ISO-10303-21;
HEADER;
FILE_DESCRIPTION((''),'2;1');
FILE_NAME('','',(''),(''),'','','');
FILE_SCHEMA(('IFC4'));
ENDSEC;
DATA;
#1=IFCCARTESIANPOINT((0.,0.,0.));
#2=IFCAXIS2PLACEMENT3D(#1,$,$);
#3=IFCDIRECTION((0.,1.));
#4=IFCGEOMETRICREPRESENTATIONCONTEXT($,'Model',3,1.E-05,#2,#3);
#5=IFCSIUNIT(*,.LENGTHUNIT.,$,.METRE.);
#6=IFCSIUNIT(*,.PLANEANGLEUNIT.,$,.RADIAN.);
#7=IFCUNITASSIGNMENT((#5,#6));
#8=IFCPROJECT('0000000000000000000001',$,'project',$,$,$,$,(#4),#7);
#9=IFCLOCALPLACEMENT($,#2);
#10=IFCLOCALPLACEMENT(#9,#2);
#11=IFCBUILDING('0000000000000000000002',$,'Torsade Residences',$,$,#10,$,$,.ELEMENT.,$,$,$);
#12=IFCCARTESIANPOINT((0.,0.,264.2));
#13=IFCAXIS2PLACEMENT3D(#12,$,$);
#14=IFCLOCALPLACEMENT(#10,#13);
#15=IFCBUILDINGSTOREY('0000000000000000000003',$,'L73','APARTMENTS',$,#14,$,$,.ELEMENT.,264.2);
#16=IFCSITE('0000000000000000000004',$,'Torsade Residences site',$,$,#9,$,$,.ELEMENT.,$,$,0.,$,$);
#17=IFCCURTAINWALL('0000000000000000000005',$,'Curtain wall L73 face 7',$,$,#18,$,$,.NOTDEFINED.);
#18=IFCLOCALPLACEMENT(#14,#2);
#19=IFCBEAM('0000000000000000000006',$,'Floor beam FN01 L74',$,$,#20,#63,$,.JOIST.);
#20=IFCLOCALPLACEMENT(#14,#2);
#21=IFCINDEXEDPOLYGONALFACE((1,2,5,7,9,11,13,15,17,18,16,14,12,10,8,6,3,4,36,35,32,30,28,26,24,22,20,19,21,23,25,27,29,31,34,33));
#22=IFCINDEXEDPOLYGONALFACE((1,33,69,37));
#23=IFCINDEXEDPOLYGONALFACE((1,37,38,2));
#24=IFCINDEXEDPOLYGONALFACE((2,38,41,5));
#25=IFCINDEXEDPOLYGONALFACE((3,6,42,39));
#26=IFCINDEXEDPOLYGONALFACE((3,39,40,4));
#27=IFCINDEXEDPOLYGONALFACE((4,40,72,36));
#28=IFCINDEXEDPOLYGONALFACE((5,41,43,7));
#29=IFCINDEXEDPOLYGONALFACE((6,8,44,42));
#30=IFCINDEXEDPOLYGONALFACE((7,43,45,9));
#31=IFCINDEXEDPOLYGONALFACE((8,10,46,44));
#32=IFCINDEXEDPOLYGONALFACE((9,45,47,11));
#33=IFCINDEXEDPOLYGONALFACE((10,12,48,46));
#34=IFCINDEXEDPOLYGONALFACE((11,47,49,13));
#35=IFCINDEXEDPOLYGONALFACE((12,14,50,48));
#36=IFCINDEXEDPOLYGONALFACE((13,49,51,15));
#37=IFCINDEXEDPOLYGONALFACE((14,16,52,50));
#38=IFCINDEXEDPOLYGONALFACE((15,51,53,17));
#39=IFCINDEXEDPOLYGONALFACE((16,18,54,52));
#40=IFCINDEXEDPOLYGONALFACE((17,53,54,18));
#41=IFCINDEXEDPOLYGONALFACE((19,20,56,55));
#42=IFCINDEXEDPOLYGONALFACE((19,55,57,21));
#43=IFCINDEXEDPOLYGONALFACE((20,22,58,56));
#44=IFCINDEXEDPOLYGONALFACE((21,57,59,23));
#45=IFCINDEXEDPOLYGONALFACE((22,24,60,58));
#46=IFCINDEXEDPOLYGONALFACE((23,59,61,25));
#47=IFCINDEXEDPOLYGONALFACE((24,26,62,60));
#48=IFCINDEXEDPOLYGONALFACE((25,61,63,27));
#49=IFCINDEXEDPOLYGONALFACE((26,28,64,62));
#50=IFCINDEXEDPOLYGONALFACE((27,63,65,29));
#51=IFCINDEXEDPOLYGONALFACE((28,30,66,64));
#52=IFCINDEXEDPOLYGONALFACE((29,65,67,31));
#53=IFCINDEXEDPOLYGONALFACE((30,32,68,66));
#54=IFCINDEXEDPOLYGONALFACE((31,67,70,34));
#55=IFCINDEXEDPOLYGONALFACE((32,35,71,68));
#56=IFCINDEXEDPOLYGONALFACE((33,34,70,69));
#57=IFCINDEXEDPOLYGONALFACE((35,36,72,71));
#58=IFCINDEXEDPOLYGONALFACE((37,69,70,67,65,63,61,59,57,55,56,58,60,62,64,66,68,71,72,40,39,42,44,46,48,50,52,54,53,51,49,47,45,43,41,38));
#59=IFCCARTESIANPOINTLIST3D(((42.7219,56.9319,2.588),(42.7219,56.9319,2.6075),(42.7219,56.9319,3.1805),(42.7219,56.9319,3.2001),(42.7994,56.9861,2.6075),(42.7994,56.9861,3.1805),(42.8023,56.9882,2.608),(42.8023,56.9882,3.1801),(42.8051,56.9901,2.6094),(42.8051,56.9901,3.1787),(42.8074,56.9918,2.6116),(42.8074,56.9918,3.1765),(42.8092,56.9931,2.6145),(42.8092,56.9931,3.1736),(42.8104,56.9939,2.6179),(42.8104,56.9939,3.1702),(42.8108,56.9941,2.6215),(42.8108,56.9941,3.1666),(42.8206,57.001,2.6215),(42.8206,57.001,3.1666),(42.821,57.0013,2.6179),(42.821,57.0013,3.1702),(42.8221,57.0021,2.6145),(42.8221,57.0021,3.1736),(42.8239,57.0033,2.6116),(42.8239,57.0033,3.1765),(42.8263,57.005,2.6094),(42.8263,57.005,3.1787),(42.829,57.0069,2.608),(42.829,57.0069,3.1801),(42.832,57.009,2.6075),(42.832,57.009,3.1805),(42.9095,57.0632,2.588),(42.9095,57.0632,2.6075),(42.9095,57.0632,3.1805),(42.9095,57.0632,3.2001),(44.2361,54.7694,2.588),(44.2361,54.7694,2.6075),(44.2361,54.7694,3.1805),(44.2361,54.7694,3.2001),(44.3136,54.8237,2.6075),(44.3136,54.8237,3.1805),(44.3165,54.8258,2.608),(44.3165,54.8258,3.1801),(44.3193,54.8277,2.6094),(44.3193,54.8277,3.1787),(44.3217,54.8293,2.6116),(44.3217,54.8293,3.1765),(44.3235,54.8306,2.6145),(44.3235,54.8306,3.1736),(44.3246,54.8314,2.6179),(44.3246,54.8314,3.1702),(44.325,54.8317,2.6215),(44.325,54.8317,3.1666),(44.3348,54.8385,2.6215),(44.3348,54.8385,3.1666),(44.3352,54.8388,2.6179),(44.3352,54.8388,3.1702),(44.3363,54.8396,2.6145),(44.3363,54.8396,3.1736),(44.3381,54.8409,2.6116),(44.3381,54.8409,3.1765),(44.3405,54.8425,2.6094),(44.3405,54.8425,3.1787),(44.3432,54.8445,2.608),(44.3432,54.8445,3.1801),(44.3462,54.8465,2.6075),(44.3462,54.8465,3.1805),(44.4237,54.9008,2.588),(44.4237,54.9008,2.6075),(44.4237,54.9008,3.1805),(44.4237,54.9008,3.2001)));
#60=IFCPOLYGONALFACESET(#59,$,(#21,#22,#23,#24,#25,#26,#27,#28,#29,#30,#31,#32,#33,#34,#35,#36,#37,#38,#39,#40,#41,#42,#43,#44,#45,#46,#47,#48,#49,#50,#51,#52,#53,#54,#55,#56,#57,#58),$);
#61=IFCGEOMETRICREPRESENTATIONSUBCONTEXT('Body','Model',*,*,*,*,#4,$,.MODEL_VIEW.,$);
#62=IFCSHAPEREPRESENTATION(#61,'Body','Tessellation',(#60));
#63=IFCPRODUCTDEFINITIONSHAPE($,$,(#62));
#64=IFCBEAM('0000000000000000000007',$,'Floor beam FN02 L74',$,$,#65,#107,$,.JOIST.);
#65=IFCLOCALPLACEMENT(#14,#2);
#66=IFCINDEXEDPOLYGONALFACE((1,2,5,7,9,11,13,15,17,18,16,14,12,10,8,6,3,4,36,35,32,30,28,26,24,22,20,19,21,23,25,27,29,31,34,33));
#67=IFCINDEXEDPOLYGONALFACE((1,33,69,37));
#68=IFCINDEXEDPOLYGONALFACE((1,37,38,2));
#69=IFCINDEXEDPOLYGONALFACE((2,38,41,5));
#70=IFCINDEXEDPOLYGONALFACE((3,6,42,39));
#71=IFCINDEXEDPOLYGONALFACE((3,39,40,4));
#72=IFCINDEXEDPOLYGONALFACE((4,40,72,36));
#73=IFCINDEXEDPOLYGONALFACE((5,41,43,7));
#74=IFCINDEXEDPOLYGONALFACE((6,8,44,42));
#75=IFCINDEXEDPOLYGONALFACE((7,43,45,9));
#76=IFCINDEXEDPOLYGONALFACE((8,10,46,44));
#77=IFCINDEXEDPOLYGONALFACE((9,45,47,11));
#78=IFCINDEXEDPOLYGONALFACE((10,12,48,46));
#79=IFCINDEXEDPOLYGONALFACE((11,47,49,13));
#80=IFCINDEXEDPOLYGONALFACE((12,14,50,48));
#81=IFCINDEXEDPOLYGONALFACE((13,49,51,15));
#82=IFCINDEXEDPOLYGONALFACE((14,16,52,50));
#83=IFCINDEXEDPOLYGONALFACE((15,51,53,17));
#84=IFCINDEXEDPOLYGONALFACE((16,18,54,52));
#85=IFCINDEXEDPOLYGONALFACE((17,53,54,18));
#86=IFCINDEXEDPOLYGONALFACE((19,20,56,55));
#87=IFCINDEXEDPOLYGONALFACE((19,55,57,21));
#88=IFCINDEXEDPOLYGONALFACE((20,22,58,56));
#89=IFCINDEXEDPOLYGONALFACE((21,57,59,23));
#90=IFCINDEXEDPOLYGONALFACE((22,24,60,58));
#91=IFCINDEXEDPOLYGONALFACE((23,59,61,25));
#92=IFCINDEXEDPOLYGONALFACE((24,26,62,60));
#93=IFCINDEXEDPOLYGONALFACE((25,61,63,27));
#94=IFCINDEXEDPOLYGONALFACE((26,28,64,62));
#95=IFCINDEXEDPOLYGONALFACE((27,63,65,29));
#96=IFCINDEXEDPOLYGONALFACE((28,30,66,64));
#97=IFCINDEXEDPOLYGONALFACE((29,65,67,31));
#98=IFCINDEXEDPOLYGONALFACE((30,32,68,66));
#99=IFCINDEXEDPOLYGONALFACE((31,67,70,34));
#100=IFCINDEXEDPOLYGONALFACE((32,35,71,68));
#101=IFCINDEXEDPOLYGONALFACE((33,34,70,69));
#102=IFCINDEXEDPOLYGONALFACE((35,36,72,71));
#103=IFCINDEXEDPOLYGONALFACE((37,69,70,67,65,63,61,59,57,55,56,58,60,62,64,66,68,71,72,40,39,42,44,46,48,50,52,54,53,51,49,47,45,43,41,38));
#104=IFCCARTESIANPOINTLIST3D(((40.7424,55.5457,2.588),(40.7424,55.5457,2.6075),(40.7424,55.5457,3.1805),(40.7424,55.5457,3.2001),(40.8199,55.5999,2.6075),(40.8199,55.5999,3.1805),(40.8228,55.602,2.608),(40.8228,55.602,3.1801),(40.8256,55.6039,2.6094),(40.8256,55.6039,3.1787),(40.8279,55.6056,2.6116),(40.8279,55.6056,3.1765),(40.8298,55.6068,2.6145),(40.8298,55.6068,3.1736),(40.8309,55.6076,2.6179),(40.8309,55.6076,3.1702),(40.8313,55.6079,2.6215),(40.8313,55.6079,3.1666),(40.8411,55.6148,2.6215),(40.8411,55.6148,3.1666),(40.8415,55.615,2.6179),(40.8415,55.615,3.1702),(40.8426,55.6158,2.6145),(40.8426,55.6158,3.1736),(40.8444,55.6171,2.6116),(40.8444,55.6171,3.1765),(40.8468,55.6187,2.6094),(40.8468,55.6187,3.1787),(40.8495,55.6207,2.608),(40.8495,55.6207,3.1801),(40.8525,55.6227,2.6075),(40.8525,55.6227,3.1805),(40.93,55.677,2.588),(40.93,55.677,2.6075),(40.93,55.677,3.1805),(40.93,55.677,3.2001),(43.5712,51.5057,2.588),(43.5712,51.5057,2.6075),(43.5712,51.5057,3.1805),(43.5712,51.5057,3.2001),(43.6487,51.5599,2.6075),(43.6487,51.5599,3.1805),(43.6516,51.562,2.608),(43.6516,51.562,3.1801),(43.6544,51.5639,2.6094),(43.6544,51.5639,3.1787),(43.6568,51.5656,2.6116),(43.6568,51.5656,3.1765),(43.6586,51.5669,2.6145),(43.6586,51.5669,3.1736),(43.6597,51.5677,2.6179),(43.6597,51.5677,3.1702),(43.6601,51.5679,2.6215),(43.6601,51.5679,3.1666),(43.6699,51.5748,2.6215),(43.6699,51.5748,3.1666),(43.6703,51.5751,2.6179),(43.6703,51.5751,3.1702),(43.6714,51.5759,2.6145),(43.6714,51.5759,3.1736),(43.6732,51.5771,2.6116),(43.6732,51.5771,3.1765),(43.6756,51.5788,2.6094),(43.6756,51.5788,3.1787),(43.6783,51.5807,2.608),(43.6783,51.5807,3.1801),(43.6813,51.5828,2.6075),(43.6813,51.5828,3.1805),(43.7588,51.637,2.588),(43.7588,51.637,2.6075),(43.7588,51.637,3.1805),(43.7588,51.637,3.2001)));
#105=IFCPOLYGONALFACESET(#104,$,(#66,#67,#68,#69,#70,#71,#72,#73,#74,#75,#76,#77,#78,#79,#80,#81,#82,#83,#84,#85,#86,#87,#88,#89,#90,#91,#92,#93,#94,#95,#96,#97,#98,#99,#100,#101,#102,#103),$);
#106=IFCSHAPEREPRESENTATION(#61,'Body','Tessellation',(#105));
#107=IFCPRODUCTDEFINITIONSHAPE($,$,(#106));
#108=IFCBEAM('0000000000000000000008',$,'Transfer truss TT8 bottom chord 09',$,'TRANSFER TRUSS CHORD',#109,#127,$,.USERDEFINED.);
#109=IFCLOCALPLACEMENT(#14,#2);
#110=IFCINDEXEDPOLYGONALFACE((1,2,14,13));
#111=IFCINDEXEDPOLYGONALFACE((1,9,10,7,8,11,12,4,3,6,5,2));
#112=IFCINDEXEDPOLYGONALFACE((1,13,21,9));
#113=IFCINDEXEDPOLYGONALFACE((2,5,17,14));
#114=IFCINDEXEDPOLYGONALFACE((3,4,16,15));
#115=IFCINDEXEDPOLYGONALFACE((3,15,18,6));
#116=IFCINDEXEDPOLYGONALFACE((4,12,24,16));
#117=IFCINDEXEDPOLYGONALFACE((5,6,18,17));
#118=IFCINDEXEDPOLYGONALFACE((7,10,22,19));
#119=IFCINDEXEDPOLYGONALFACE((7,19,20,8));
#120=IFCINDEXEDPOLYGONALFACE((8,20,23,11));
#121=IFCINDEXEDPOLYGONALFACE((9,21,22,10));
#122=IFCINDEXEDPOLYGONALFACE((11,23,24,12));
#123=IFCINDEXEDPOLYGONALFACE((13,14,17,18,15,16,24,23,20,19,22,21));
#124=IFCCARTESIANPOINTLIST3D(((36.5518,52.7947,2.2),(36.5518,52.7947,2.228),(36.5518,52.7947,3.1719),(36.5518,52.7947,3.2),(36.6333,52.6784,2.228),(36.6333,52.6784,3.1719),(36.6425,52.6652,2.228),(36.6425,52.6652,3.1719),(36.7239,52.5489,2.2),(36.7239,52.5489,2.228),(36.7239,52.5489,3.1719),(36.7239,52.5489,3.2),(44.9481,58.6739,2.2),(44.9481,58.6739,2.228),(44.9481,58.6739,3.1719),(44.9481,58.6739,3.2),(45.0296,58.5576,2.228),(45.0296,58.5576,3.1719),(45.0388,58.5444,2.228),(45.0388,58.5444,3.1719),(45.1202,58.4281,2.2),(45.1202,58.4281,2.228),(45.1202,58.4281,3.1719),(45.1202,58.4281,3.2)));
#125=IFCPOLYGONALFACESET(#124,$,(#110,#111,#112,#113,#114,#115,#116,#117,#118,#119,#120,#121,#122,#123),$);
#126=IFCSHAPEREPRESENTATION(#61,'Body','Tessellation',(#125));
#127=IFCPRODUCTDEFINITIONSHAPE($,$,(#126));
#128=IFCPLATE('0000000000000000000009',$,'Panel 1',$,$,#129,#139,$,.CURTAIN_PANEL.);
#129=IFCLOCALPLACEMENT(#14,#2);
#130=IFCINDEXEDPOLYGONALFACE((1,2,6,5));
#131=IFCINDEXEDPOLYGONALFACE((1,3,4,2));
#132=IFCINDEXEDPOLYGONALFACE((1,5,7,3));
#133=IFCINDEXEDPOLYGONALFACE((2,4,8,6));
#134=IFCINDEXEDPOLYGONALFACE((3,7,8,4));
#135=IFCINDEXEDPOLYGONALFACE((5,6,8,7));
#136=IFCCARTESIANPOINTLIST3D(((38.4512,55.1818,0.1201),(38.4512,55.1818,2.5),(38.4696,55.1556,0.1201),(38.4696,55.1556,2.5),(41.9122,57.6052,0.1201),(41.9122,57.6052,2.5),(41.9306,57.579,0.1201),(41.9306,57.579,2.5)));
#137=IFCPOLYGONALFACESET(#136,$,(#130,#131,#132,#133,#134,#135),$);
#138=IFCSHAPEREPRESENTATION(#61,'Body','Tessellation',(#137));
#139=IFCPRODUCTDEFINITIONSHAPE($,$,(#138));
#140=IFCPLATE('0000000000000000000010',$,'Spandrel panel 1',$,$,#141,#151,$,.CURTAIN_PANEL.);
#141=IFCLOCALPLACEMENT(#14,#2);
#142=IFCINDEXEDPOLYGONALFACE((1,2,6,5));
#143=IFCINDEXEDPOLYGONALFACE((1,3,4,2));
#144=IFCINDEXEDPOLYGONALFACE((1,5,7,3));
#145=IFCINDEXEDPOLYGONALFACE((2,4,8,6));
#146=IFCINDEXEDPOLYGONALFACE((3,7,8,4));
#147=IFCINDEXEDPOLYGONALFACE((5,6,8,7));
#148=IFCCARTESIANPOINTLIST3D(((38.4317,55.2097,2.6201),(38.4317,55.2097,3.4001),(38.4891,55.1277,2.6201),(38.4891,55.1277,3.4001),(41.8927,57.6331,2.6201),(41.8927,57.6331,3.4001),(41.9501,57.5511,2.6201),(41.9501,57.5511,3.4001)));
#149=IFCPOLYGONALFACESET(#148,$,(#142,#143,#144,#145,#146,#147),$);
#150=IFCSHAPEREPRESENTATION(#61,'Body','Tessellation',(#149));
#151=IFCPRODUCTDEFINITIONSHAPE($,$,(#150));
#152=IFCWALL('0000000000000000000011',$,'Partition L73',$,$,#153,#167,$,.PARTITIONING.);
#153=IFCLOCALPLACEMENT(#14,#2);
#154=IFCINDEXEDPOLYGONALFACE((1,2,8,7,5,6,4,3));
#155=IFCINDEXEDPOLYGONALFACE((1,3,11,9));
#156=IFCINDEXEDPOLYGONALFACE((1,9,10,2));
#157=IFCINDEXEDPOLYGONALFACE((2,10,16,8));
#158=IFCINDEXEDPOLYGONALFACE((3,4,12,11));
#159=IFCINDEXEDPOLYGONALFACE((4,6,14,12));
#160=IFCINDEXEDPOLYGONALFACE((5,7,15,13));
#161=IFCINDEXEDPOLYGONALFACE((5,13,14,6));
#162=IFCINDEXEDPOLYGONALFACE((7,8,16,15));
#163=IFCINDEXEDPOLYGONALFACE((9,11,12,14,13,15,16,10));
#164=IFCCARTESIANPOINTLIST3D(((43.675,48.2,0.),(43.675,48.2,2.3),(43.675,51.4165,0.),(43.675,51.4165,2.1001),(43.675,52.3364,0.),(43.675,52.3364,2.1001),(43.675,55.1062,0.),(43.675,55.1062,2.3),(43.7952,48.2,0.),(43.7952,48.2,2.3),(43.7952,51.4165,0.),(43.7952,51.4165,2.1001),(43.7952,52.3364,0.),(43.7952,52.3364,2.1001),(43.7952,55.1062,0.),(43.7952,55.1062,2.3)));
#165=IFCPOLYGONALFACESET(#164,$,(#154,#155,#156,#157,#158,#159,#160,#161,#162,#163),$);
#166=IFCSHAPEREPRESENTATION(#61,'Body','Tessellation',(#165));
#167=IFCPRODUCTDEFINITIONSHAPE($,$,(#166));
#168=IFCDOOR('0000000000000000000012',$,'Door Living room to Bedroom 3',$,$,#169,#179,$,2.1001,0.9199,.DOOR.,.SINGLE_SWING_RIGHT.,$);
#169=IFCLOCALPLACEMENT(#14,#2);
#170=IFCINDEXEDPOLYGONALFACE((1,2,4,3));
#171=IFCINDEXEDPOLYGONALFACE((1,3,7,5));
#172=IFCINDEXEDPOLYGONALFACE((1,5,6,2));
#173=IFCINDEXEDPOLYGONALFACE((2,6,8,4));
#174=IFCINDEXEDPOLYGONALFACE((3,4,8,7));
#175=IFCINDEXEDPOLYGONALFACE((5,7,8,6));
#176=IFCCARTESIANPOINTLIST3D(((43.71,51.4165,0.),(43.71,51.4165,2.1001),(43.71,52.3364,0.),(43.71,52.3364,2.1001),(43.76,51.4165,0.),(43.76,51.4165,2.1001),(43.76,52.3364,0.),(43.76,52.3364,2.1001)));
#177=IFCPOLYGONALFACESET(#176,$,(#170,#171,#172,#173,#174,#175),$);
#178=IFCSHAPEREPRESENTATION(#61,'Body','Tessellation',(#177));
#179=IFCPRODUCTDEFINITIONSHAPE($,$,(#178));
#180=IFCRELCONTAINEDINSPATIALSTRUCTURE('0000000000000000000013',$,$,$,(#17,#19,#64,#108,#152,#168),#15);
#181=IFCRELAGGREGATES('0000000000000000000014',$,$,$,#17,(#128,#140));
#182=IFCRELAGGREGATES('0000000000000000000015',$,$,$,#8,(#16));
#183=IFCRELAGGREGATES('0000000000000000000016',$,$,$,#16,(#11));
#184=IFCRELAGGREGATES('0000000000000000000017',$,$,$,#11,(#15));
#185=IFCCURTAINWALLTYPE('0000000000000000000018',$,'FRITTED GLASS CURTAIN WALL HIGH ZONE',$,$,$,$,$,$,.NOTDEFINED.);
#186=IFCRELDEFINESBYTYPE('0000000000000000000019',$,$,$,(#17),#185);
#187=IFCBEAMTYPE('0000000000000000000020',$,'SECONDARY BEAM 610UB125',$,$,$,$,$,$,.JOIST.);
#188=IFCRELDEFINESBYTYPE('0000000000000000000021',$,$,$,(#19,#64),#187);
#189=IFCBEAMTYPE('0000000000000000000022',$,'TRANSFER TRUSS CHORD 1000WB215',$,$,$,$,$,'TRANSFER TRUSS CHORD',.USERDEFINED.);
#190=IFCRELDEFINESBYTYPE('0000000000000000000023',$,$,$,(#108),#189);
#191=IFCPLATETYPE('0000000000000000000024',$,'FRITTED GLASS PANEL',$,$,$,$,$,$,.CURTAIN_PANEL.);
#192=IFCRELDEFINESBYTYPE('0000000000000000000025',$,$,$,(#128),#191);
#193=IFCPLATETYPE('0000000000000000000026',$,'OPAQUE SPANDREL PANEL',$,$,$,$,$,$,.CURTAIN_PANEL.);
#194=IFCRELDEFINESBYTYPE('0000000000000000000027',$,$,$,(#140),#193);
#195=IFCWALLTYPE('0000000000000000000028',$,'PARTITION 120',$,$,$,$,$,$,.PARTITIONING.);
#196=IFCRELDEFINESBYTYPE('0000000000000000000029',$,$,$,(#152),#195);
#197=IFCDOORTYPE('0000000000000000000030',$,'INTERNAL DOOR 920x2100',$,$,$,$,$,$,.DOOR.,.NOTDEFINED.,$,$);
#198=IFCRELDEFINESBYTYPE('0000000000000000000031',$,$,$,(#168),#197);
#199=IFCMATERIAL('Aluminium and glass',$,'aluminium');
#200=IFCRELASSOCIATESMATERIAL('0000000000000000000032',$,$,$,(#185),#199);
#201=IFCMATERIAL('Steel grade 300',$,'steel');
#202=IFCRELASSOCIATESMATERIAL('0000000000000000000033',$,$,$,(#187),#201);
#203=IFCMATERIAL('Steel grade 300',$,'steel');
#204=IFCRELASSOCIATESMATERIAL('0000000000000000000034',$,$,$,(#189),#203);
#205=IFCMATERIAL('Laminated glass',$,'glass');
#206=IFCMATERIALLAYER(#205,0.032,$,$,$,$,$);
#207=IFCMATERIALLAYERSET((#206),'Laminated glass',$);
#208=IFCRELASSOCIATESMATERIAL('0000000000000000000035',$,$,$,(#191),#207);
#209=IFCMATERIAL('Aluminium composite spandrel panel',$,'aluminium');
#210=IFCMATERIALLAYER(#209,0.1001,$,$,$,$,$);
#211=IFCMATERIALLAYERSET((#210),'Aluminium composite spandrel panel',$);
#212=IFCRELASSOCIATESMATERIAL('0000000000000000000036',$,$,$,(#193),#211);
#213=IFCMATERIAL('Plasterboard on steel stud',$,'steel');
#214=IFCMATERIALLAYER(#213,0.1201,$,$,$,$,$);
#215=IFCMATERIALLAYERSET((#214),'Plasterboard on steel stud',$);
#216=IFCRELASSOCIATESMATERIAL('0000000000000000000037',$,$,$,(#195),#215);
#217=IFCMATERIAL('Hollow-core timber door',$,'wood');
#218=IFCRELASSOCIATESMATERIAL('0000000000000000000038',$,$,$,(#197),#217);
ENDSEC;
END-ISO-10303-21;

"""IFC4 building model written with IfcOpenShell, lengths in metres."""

from ifc_helpers import new_model, si_unit, direction, frame, frame_2d, origin, origin_2d, place, context, subcontext, project, spatial, rectangle, i_section, extrude, material, layer, layer_set, material_profile, profile_set, type_object, element, fill, aggregate, save


model = new_model("IFC4")

# Units and contexts
model_context = context("Model", 3, precision=1e-05, world=origin(), true_north=direction((0.0, 1.0)))
body_context = subcontext(model_context, "Body", "Model", "MODEL_VIEW")
ifc_project = project(units=[si_unit("LENGTHUNIT", "METRE"), si_unit("PLANEANGLEUNIT", "RADIAN")], contexts=[model_context])

# Site, building, storey
site_placement = place(None, origin())
site = spatial("IfcSite", under=ifc_project, at=site_placement, Name="Torsade Residences site", CompositionType="ELEMENT", RefElevation=0.0)
building_placement = place(site_placement, origin())
building = spatial("IfcBuilding", under=site, at=building_placement, Name="Torsade Residences", CompositionType="ELEMENT")
storey_placement = place(building_placement, frame((0.0, 0.0, 264.2)))
storey = spatial("IfcBuildingStorey", under=building, at=storey_placement, Name="L73", Description="APARTMENTS", CompositionType="ELEMENT", Elevation=264.2)

# Shared definitions
ifc_material_1 = material(Name="Aluminium and glass", Category="aluminium")
curtain_wall_type = type_object("IfcCurtainWallType", Name="FRITTED GLASS CURTAIN WALL HIGH ZONE", PredefinedType="NOTDEFINED", material=ifc_material_1)

# Curtain wall
curtain_wall_1_placement = place(storey_placement, origin())
curtain_wall_1 = element("IfcCurtainWall", 1, at=curtain_wall_1_placement, inside=storey, type_object=curtain_wall_type, Name="Curtain wall L73 face 7", PredefinedType="NOTDEFINED")

# Beams
ifc_material_2 = material(Name="Steel grade 300", Category="steel")
ifc_material_profile_1 = material_profile(ifc_material_2, i_section(OverallWidth=0.229, OverallDepth=0.6121, WebThickness=0.012, FlangeThickness=0.0195, FilletRadius=0.0139, at=origin_2d()), Name="610UB125")
ifc_profile_set_1 = profile_set([ifc_material_profile_1], Name="Steel grade 300")
beam_type_1 = type_object("IfcBeamType", Name="SECONDARY BEAM 610UB125", PredefinedType="JOIST", material=ifc_profile_set_1)
beam_1_placement = place(storey_placement, frame((42.8157, 56.9976, 2.894), z_axis=(0.573593, -0.819141, 0.0), x_axis=(0.819141, 0.573593, 0.0)))
element("IfcBeam", 2, at=beam_1_placement, inside=storey, type_object=beam_type_1, Name="Floor beam FN01 L74", PredefinedType="JOIST", context=body_context, shape_type="SweptSolid", body=[
    extrude(i_section(OverallWidth=0.229, OverallDepth=0.6121, WebThickness=0.012, FlangeThickness=0.0195, FilletRadius=0.0139, at=origin_2d()), origin(), (0.0, 0.0, 1.0), 2.6399),
])
beam_2_placement = place(storey_placement, frame((40.8362, 55.6113, 2.894), z_axis=(0.573575, -0.819153, 0.0), x_axis=(0.819153, 0.573575, 0.0)))
element("IfcBeam", 3, at=beam_2_placement, inside=storey, type_object=beam_type_1, Name="Floor beam FN02 L74", PredefinedType="JOIST", context=body_context, shape_type="SweptSolid", body=[
    extrude(i_section(OverallWidth=0.229, OverallDepth=0.6121, WebThickness=0.012, FlangeThickness=0.0195, FilletRadius=0.0139, at=origin_2d()), origin(), (0.0, 0.0, 1.0), 4.9319),
])
ifc_material_3 = material(Name="Steel grade 300", Category="steel")
ifc_material_profile_2 = material_profile(ifc_material_3, i_section(OverallWidth=0.3, OverallDepth=1.0, WebThickness=0.0161, FlangeThickness=0.0281, at=origin_2d()), Name="1000WB215")
ifc_profile_set_2 = profile_set([ifc_material_profile_2], Name="Steel grade 300")
beam_type_2 = type_object("IfcBeamType", Name="TRANSFER TRUSS CHORD 1000WB215", ElementType="TRANSFER TRUSS CHORD", PredefinedType="USERDEFINED", material=ifc_profile_set_2)
beam_3_placement = place(storey_placement, frame((45.0342, 58.551, 2.7), z_axis=(-0.81915, -0.573579, 0.0), x_axis=(0.573579, -0.81915, 0.0)))
element("IfcBeam", 4, at=beam_3_placement, inside=storey, type_object=beam_type_2, Name="Transfer truss TT8 bottom chord 09", ObjectType="TRANSFER TRUSS CHORD", PredefinedType="USERDEFINED", context=body_context, shape_type="SweptSolid", body=[
    extrude(i_section(OverallWidth=0.3, OverallDepth=1.0, WebThickness=0.0161, FlangeThickness=0.0281, at=origin_2d()), origin(), (0.0, 0.0, 1.0), 10.25),
])

# Plates
ifc_material_4 = material(Name="Laminated glass", Category="glass")
ifc_layer_1 = layer(ifc_material_4, 0.032)
ifc_layer_set_1 = layer_set([ifc_layer_1], Name="Laminated glass")
plate_type_1 = type_object("IfcPlateType", Name="FRITTED GLASS PANEL", PredefinedType="CURTAIN_PANEL", material=ifc_layer_set_1)
plate_1_placement = place(storey_placement, frame((40.1909, 56.3804, 0.1201), z_axis=(0.0, 0.0, 1.0), x_axis=(-0.819152, -0.573576, 0.0)))
plate_1 = element("IfcPlate", 5, at=plate_1_placement, type_object=plate_type_1, Name="Panel 1", PredefinedType="CURTAIN_PANEL", context=body_context, shape_type="SweptSolid", body=[
    extrude(rectangle(XDim=4.2251, YDim=0.032, at=origin_2d()), origin(), (0.0, 0.0, 1.0), 2.3799),
])
ifc_material_5 = material(Name="Aluminium composite spandrel panel", Category="aluminium")
ifc_layer_2 = layer(ifc_material_5, 0.1001)
ifc_layer_set_2 = layer_set([ifc_layer_2], Name="Aluminium composite spandrel panel")
plate_type_2 = type_object("IfcPlateType", Name="OPAQUE SPANDREL PANEL", PredefinedType="CURTAIN_PANEL", material=ifc_layer_set_2)
plate_2_placement = place(storey_placement, frame((40.1909, 56.3804, 2.6201), z_axis=(0.0, 0.0, 1.0), x_axis=(-0.819152, -0.573576, 0.0)))
plate_2 = element("IfcPlate", 6, at=plate_2_placement, type_object=plate_type_2, Name="Spandrel panel 1", PredefinedType="CURTAIN_PANEL", context=body_context, shape_type="SweptSolid", body=[
    extrude(rectangle(XDim=4.2251, YDim=0.1001, at=origin_2d()), origin(), (0.0, 0.0, 1.0), 0.78),
])
aggregate(curtain_wall_1, [plate_1, plate_2])

# Wall, opening, door
ifc_material_6 = material(Name="Plasterboard on steel stud", Category="steel")
ifc_layer_3 = layer(ifc_material_6, 0.1201)
ifc_layer_set_3 = layer_set([ifc_layer_3], Name="Plasterboard on steel stud")
wall_type_1 = type_object("IfcWallType", Name="PARTITION 120", PredefinedType="PARTITIONING", material=ifc_layer_set_3)
wall_1_placement = place(storey_placement, frame((43.7351, 55.1062, 0.0), z_axis=(0.0, 0.0, 1.0), x_axis=(0.0, -1.0, 0.0)))
wall_1 = element("IfcWall", 7, at=wall_1_placement, inside=storey, type_object=wall_type_1, Name="Partition L73", PredefinedType="PARTITIONING", context=body_context, shape_type="SweptSolid", body=[
    extrude(rectangle(XDim=6.9062, YDim=0.1201, at=frame_2d((3.4531, 0.0))), origin(), (0.0, 0.0, 1.0), 2.3),
])
opening_1_placement = place(wall_1_placement, frame((2.7698, 0.0, 0.0)))
opening_1 = element("IfcOpeningElement", 8, at=opening_1_placement, cuts=wall_1, PredefinedType="OPENING", context=body_context, shape_type="SweptSolid", body=[
    extrude(rectangle(XDim=0.9199, YDim=2.1001, at=frame_2d((0.46, 1.05))), frame((0.0, 0.0701, 0.0), z_axis=(0.0, -1.0, 0.0), x_axis=(1.0, 0.0, 0.0)), (0.0, 0.0, 1.0), 0.1401),
])
ifc_material_7 = material(Name="Hollow-core timber door", Category="wood")
door_type_1 = type_object("IfcDoorType", Name="INTERNAL DOOR 920x2100", OperationType="NOTDEFINED", PredefinedType="DOOR", material=ifc_material_7)
door_1_placement = place(opening_1_placement, origin())
door_1 = element("IfcDoor", 9, at=door_1_placement, inside=storey, type_object=door_type_1, Name="Door Living room to Bedroom 3", OperationType="SINGLE_SWING_RIGHT", OverallHeight=2.1001, OverallWidth=0.9199, PredefinedType="DOOR", context=body_context, shape_type="SweptSolid", body=[
    extrude(rectangle(XDim=0.9199, YDim=2.1001, at=frame_2d((0.46, 1.05))), frame((0.0, 0.0249, 0.0), z_axis=(0.0, -1.0, 0.0), x_axis=(1.0, 0.0, 0.0)), (0.0, 0.0, 1.0), 0.05),
])
fill(opening_1, door_1)

save(model, "model.ifc")
